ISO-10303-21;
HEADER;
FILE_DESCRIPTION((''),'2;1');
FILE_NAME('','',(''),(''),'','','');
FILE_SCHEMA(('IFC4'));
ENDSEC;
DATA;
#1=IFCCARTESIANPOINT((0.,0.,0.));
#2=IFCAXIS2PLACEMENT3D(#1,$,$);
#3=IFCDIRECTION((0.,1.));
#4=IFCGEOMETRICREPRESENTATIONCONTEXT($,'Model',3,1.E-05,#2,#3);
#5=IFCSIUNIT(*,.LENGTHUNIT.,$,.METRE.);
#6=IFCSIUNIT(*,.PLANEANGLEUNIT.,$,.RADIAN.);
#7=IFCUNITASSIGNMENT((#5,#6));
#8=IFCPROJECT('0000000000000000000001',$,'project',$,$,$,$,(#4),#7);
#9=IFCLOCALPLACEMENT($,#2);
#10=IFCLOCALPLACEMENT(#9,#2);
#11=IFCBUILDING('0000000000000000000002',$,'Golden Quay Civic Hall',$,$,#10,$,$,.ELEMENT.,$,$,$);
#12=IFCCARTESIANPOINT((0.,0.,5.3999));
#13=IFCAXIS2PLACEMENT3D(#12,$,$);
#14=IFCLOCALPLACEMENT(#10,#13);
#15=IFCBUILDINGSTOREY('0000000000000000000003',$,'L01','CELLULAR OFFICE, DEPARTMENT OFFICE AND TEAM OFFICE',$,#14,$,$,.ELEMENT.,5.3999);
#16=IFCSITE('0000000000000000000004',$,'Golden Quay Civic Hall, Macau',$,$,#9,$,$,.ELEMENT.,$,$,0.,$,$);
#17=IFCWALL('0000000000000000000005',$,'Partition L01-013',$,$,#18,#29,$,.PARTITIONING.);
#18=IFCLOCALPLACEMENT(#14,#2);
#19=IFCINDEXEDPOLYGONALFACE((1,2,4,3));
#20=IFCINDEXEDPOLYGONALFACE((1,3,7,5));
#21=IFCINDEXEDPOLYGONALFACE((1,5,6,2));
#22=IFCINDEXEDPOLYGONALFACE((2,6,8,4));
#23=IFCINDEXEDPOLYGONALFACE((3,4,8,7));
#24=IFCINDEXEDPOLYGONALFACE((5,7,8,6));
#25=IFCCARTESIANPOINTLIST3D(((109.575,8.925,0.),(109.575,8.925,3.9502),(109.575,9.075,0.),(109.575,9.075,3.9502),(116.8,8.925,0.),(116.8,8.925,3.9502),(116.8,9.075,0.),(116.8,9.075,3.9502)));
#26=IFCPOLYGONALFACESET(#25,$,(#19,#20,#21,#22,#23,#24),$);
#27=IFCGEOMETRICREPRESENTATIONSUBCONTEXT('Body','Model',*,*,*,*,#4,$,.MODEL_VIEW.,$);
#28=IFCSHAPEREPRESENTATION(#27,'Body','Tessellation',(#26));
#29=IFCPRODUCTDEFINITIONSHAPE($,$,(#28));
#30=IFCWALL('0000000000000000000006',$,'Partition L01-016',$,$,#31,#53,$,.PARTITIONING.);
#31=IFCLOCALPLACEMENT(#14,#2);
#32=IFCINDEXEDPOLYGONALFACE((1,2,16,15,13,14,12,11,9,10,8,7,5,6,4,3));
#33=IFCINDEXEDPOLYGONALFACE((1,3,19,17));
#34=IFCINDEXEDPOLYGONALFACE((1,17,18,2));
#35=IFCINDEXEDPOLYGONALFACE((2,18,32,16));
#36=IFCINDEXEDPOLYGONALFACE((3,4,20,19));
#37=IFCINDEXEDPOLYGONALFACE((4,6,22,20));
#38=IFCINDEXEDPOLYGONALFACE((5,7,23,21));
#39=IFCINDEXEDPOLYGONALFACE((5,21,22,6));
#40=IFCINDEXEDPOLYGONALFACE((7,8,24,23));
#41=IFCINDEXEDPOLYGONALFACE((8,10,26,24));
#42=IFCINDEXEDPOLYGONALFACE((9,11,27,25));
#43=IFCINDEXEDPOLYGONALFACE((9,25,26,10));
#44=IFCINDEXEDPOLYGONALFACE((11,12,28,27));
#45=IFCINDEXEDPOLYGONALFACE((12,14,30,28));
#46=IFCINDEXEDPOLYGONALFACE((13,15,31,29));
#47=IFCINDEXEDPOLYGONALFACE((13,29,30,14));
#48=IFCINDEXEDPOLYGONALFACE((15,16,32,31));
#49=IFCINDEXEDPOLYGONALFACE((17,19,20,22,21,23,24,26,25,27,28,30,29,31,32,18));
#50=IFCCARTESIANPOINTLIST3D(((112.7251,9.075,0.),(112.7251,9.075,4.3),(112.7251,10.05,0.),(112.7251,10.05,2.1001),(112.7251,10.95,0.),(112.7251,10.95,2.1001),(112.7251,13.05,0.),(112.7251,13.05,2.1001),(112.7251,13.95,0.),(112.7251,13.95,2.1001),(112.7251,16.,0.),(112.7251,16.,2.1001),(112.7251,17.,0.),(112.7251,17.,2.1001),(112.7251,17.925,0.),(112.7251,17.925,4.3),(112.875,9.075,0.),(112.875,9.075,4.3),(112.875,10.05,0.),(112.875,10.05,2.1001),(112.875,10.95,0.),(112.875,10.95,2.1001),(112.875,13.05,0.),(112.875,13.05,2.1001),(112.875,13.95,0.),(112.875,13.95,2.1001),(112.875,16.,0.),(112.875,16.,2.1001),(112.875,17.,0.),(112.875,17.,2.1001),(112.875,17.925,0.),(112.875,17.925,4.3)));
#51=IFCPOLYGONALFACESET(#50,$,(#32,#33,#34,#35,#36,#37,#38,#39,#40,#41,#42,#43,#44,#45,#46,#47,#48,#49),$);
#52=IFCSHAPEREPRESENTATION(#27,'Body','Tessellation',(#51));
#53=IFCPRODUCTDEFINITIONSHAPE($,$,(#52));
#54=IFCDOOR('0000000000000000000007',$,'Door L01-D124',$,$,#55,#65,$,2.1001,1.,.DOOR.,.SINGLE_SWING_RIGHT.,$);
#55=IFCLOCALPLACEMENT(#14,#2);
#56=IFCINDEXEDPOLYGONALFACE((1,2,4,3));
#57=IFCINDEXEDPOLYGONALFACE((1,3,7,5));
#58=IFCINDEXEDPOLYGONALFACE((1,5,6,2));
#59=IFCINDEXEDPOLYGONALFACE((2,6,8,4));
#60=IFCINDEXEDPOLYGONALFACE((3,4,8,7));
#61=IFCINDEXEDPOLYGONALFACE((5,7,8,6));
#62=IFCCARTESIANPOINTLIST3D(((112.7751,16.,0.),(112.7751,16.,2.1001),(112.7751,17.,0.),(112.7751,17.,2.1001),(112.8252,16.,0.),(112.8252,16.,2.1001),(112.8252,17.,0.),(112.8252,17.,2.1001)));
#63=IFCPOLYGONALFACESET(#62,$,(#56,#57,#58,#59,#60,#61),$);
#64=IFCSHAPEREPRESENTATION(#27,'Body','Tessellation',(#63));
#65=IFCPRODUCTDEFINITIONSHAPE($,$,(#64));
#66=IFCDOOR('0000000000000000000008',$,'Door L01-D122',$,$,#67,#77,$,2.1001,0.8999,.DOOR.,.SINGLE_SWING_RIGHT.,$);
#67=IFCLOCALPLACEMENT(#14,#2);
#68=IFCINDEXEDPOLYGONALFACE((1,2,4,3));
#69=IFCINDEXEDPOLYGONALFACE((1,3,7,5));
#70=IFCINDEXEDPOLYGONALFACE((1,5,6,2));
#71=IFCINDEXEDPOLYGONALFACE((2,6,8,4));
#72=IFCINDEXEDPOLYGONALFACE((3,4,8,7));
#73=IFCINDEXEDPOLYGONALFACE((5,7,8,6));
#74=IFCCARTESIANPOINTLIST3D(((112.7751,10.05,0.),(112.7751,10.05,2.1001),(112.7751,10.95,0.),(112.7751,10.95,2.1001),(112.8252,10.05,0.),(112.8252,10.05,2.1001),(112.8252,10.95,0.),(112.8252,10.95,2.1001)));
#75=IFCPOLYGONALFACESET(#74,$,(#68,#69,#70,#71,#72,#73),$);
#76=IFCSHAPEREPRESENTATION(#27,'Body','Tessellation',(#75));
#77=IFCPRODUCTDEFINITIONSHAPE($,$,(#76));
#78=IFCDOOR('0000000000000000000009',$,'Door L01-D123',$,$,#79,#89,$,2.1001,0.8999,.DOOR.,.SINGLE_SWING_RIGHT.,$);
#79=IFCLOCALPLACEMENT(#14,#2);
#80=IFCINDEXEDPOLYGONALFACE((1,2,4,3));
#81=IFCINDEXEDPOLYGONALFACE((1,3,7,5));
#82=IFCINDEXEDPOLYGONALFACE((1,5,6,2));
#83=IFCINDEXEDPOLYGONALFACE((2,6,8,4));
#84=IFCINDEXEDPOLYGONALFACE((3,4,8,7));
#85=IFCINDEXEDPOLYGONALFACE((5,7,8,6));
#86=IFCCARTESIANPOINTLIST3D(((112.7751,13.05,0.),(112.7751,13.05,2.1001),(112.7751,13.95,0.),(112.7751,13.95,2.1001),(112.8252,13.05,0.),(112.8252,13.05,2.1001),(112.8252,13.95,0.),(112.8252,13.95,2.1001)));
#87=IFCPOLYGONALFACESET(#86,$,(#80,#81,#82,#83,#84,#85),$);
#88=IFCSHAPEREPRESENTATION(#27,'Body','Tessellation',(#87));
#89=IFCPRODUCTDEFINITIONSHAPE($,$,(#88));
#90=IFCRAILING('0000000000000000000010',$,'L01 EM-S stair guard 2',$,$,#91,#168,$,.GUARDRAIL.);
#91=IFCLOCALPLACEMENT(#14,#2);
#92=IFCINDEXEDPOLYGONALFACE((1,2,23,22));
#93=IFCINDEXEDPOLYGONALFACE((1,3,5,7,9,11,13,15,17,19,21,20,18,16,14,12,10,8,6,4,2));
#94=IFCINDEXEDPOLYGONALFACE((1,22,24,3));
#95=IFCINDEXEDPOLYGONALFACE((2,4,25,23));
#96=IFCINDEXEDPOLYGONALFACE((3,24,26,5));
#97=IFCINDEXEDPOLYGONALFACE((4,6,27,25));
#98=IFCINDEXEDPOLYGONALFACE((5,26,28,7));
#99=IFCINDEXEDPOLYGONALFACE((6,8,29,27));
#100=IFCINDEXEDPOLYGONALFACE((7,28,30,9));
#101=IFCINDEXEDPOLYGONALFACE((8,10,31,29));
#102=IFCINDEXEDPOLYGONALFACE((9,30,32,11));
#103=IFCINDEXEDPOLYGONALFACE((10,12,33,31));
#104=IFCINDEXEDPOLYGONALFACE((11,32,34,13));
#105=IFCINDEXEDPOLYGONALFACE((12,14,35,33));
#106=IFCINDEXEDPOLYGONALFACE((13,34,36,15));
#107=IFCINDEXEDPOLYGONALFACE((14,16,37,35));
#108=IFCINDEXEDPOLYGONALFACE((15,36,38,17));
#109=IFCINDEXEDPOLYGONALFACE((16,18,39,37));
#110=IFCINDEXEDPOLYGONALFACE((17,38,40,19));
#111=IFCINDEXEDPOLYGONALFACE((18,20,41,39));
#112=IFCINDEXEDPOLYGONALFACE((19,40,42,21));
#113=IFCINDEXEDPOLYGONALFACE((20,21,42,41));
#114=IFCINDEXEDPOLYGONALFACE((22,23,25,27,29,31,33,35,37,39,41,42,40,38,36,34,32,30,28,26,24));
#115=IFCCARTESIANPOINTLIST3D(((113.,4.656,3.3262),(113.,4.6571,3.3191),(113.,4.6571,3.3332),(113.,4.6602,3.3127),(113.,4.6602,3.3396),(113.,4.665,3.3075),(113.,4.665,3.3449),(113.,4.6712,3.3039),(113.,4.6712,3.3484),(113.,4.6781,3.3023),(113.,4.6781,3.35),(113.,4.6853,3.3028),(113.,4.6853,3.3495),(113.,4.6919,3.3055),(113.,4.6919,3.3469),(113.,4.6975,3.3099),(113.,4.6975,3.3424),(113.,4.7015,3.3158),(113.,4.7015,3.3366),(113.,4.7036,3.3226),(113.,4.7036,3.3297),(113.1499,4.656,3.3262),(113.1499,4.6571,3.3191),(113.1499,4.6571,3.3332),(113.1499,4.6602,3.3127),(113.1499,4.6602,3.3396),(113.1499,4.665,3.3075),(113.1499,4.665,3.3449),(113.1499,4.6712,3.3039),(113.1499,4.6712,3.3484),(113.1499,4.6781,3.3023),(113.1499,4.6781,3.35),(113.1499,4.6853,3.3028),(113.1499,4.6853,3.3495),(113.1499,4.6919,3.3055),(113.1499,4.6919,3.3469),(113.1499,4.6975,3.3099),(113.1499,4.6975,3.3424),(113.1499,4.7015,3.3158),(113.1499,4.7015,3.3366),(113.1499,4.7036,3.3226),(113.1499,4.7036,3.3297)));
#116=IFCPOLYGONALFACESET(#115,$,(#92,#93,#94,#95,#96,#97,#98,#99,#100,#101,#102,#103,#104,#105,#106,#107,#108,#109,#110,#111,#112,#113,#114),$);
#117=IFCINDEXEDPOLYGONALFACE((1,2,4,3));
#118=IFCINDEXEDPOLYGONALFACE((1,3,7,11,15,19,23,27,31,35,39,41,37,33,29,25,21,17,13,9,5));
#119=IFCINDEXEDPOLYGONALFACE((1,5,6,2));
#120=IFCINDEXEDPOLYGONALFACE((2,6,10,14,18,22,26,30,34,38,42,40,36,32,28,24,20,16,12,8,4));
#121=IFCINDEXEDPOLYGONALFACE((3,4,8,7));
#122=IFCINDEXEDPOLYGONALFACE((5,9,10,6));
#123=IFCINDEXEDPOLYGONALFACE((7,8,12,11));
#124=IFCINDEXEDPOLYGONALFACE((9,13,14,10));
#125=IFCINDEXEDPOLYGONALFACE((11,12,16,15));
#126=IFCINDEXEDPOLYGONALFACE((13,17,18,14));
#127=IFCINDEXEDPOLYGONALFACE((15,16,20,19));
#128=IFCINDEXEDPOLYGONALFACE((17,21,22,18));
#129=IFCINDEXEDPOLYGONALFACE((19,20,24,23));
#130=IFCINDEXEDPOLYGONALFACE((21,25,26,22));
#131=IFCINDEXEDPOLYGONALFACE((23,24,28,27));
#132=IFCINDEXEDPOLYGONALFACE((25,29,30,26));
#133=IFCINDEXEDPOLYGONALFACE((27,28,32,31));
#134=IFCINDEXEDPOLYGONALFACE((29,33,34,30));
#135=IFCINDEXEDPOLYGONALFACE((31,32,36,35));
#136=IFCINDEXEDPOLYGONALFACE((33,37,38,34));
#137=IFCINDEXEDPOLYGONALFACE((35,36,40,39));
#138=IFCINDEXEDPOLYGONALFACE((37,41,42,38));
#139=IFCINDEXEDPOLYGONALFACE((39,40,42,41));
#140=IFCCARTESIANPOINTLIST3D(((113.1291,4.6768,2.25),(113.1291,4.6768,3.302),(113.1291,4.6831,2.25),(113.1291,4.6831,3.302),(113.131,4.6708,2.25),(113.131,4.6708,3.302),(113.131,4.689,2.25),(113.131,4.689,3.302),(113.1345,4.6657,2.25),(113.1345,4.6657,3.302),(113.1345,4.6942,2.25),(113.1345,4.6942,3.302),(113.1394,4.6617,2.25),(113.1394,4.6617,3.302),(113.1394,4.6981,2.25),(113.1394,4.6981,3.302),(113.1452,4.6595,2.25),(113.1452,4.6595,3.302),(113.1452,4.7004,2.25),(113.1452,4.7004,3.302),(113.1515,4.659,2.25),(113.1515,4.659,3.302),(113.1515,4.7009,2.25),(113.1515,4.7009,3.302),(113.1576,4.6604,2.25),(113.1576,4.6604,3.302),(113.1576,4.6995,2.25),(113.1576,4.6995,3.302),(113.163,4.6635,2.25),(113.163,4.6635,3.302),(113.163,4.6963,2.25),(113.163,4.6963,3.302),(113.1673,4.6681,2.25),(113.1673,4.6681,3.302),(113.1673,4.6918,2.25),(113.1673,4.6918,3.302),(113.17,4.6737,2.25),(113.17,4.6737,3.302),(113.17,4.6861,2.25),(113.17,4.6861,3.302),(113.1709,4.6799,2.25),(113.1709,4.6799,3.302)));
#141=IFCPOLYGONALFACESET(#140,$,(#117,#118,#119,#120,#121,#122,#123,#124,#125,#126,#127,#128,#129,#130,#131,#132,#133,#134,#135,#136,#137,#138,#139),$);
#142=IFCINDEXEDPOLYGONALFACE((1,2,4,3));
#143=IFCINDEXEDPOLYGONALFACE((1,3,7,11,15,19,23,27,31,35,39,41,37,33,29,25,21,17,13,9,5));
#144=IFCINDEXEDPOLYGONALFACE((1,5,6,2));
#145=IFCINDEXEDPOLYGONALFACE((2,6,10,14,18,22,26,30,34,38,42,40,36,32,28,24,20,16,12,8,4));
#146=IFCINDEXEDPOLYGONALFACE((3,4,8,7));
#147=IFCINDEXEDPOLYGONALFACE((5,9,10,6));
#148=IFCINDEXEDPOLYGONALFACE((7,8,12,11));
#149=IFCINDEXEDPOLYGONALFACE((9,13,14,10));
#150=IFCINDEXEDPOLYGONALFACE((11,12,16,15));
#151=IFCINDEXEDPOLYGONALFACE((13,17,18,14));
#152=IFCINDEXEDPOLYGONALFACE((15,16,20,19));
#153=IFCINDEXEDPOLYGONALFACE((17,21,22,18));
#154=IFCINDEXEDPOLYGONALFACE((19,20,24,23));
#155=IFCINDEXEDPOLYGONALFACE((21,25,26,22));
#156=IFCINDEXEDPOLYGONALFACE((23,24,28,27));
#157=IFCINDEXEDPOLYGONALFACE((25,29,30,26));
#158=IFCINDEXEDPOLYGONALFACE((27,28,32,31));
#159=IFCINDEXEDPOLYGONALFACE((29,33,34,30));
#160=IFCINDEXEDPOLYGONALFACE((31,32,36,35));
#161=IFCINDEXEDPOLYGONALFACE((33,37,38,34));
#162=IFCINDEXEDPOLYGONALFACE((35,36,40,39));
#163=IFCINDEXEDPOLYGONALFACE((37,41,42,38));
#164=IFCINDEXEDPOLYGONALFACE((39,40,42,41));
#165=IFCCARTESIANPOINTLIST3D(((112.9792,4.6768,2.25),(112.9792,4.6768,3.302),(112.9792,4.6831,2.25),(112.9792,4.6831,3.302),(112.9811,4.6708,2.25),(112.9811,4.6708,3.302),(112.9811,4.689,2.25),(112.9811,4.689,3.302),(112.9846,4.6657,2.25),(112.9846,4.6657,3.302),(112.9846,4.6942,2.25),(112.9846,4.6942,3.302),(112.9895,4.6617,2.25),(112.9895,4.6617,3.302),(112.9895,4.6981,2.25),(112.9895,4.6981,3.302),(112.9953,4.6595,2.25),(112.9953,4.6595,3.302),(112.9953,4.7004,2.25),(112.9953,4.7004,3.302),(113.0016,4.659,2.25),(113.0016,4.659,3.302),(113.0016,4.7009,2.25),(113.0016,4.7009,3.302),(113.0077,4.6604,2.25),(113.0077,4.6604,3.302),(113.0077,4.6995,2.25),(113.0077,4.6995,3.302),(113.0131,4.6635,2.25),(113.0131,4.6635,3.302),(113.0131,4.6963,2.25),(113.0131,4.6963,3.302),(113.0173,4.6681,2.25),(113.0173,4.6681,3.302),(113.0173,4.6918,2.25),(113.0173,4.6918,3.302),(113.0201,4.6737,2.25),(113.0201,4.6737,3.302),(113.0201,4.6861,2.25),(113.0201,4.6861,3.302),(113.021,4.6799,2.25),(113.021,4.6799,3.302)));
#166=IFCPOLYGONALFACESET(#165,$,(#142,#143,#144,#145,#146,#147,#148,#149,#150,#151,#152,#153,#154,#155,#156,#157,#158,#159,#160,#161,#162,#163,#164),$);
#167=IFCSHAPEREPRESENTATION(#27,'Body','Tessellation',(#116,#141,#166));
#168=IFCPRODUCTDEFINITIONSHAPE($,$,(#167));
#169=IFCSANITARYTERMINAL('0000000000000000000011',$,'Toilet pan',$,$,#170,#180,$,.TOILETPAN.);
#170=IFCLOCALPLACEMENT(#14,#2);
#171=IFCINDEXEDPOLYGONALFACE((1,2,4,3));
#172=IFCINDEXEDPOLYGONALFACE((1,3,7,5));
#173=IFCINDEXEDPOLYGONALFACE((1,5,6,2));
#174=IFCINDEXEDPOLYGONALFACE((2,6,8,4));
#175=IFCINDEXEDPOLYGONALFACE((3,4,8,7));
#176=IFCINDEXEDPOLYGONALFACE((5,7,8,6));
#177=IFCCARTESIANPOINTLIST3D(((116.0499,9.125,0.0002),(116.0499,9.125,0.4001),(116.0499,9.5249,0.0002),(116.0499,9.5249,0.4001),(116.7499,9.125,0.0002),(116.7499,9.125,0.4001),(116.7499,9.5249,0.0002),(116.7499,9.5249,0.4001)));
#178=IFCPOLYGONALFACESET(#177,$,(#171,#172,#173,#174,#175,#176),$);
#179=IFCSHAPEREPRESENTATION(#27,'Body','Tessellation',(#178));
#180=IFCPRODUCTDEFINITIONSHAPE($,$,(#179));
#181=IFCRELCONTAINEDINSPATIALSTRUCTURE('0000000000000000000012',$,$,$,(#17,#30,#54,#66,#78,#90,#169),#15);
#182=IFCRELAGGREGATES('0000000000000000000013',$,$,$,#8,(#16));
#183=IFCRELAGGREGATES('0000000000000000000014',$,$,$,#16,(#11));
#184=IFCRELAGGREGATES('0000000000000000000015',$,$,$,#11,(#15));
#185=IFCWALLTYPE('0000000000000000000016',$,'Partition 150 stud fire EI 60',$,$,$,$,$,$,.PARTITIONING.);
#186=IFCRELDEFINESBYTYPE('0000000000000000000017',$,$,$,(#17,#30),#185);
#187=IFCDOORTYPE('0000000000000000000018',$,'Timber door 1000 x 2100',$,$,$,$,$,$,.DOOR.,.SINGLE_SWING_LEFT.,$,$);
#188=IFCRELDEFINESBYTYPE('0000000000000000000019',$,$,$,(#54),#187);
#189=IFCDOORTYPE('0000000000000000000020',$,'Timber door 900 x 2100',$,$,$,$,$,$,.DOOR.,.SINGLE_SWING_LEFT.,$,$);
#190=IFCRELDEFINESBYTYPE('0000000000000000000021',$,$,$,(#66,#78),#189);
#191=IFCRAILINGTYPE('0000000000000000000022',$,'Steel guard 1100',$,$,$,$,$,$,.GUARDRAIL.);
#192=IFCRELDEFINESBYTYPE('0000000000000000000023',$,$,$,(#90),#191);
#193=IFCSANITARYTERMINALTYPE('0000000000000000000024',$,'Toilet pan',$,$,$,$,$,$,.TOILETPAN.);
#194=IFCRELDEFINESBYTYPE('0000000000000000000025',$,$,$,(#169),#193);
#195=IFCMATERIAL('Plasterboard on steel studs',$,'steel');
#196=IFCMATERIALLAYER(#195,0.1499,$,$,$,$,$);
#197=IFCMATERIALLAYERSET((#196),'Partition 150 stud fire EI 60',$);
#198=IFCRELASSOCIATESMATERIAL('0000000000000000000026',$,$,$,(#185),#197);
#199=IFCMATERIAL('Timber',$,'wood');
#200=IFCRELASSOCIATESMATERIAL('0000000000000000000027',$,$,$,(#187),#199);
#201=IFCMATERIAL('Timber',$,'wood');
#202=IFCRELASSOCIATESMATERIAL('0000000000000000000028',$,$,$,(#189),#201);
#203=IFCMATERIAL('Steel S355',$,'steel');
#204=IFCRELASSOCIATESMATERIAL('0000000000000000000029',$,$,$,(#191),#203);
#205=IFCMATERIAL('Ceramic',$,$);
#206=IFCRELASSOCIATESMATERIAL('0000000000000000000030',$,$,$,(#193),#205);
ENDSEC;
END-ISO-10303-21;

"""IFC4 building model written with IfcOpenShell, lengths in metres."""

from ifc_helpers import new_model, si_unit, direction, frame, frame_2d, origin, origin_2d, place, context, subcontext, project, spatial, rectangle, circle, extrude, material, layer, layer_set, type_object, element, fill, save


model = new_model("IFC4")

# Units and contexts
model_context = context("Model", 3, precision=1e-05, world=origin(), true_north=direction((0.0, 1.0)))
body_context = subcontext(model_context, "Body", "Model", "MODEL_VIEW")
ifc_project = project(units=[si_unit("LENGTHUNIT", "METRE"), si_unit("PLANEANGLEUNIT", "RADIAN")], contexts=[model_context])

# Site, building, storey
site_placement = place(None, origin())
site = spatial("IfcSite", under=ifc_project, at=site_placement, Name="Golden Quay Civic Hall, Macau", CompositionType="ELEMENT", RefElevation=0.0)
building_placement = place(site_placement, origin())
building = spatial("IfcBuilding", under=site, at=building_placement, Name="Golden Quay Civic Hall", CompositionType="ELEMENT")
storey_placement = place(building_placement, frame((0.0, 0.0, 5.3999)))
storey = spatial("IfcBuildingStorey", under=building, at=storey_placement, Name="L01", Description="CELLULAR OFFICE, DEPARTMENT OFFICE AND TEAM OFFICE", CompositionType="ELEMENT", Elevation=5.3999)

# Wall
ifc_material_1 = material(Name="Plasterboard on steel studs", Category="steel")
ifc_layer_1 = layer(ifc_material_1, 0.1499)
ifc_layer_set_1 = layer_set([ifc_layer_1], Name="Partition 150 stud fire EI 60")
wall_type_1 = type_object("IfcWallType", Name="Partition 150 stud fire EI 60", PredefinedType="PARTITIONING", material=ifc_layer_set_1)
for number, where, z_axis, x_axis, name in (
    (1, (109.575, 9.0, 0.0), (0.0, 0.0, 1.0), (1.0, 0.0, 0.0), "Partition L01-013"),
):
    element("IfcWall", number, at=place(storey_placement, frame(where, z_axis=z_axis, x_axis=x_axis)), inside=storey, type_object=wall_type_1, Name=name, PredefinedType="PARTITIONING", context=body_context, shape_type="SweptSolid", body=[
        extrude(rectangle(XDim=7.2251, YDim=0.1499, at=frame_2d((3.6125, 0.0))), origin(), (0.0, 0.0, 1.0), 3.9502),
    ])

# Wall, openings, doors
wall_1_placement = place(storey_placement, frame((112.8, 9.075, 0.0), z_axis=(0.0, 0.0, 1.0), x_axis=(0.0, 1.0, 0.0)))
wall_1 = element("IfcWall", 2, at=wall_1_placement, inside=storey, type_object=wall_type_1, Name="Partition L01-016", PredefinedType="PARTITIONING", context=body_context, shape_type="SweptSolid", body=[
    extrude(rectangle(XDim=8.8501, YDim=0.1499, at=frame_2d((4.425, 0.0))), origin(), (0.0, 0.0, 1.0), 4.3),
])
opening_1_placement = place(wall_1_placement, frame((0.9751, 0.0, 0.0)))
opening_1 = element("IfcOpeningElement", 3, at=opening_1_placement, cuts=wall_1, PredefinedType="OPENING", context=body_context, shape_type="SweptSolid", body=[
    extrude(rectangle(XDim=0.8999, YDim=2.1001, at=frame_2d((0.45, 1.05))), frame((0.0, 0.085, 0.0), z_axis=(0.0, -1.0, 0.0), x_axis=(1.0, 0.0, 0.0)), (0.0, 0.0, 1.0), 0.1699),
])
opening_2_placement = place(wall_1_placement, frame((3.9751, 0.0, 0.0)))
opening_2 = element("IfcOpeningElement", 4, at=opening_2_placement, cuts=wall_1, PredefinedType="OPENING", context=body_context, shape_type="SweptSolid", body=[
    extrude(rectangle(XDim=0.8999, YDim=2.1001, at=frame_2d((0.45, 1.05))), frame((0.0, 0.085, 0.0), z_axis=(0.0, -1.0, 0.0), x_axis=(1.0, 0.0, 0.0)), (0.0, 0.0, 1.0), 0.1699),
])
opening_3_placement = place(wall_1_placement, frame((6.925, 0.0, 0.0)))
opening_3 = element("IfcOpeningElement", 5, at=opening_3_placement, cuts=wall_1, PredefinedType="OPENING", context=body_context, shape_type="SweptSolid", body=[
    extrude(rectangle(XDim=1.0, YDim=2.1001, at=frame_2d((0.5, 1.05))), frame((0.0, 0.085, 0.0), z_axis=(0.0, -1.0, 0.0), x_axis=(1.0, 0.0, 0.0)), (0.0, 0.0, 1.0), 0.1699),
])
ifc_material_2 = material(Name="Timber", Category="wood")
door_type_1 = type_object("IfcDoorType", Name="Timber door 1000 x 2100", OperationType="SINGLE_SWING_LEFT", PredefinedType="DOOR", material=ifc_material_2)
door_1_placement = place(opening_3_placement, frame((1.0, 0.0, 0.0), z_axis=(0.0, 0.0, 1.0), x_axis=(-1.0, 0.0, 0.0)))
door_1 = element("IfcDoor", 6, at=door_1_placement, inside=storey, type_object=door_type_1, Name="Door L01-D124", OperationType="SINGLE_SWING_RIGHT", OverallHeight=2.1001, OverallWidth=1.0, PredefinedType="DOOR", context=body_context, shape_type="SweptSolid", body=[
    extrude(rectangle(XDim=1.0, YDim=2.1001, at=frame_2d((0.5, 1.05))), frame((0.0, 0.0251, 0.0), z_axis=(0.0, -1.0, 0.0), x_axis=(1.0, 0.0, 0.0)), (0.0, 0.0, 1.0), 0.05),
])
fill(opening_3, door_1)
ifc_material_3 = material(Name="Timber", Category="wood")
door_type_2 = type_object("IfcDoorType", Name="Timber door 900 x 2100", OperationType="SINGLE_SWING_LEFT", PredefinedType="DOOR", material=ifc_material_3)
door_2_placement = place(opening_1_placement, frame((0.8999, 0.0, 0.0), z_axis=(0.0, 0.0, 1.0), x_axis=(-1.0, 0.0, 0.0)))
door_2 = element("IfcDoor", 7, at=door_2_placement, inside=storey, type_object=door_type_2, Name="Door L01-D122", OperationType="SINGLE_SWING_RIGHT", OverallHeight=2.1001, OverallWidth=0.8999, PredefinedType="DOOR", context=body_context, shape_type="SweptSolid", body=[
    extrude(rectangle(XDim=0.8999, YDim=2.1001, at=frame_2d((0.45, 1.05))), frame((0.0, 0.0251, 0.0), z_axis=(0.0, -1.0, 0.0), x_axis=(1.0, 0.0, 0.0)), (0.0, 0.0, 1.0), 0.05),
])
fill(opening_1, door_2)
door_3_placement = place(opening_2_placement, frame((0.8999, 0.0, 0.0), z_axis=(0.0, 0.0, 1.0), x_axis=(-1.0, 0.0, 0.0)))
door_3 = element("IfcDoor", 8, at=door_3_placement, inside=storey, type_object=door_type_2, Name="Door L01-D123", OperationType="SINGLE_SWING_RIGHT", OverallHeight=2.1001, OverallWidth=0.8999, PredefinedType="DOOR", context=body_context, shape_type="SweptSolid", body=[
    extrude(rectangle(XDim=0.8999, YDim=2.1001, at=frame_2d((0.45, 1.05))), frame((0.0, 0.0251, 0.0), z_axis=(0.0, -1.0, 0.0), x_axis=(1.0, 0.0, 0.0)), (0.0, 0.0, 1.0), 0.05),
])
fill(opening_2, door_3)

# Railing
ifc_material_4 = material(Name="Steel S355", Category="steel")
railing_type = type_object("IfcRailingType", Name="Steel guard 1100", PredefinedType="GUARDRAIL", material=ifc_material_4)
railing_placement = place(storey_placement, frame((113.1499, 4.6799, 2.25)))
element("IfcRailing", 9, at=railing_placement, inside=storey, type_object=railing_type, Name="L01 EM-S stair guard 2", PredefinedType="GUARDRAIL", context=body_context, shape_type="SweptSolid", body=[
    extrude(circle(Radius=0.0239, at=origin_2d()), frame((0.0, 0.0, 1.0762), z_axis=(-1.0, 0.0, 0.0), x_axis=(0.0, -1.0, 0.0)), (0.0, 0.0, 1.0), 0.1499),
    extrude(circle(Radius=0.021, at=origin_2d()), origin(), (0.0, 0.0, 1.0), 1.052),
    extrude(circle(Radius=0.021, at=origin_2d()), frame((-0.1499, 0.0, 0.0)), (0.0, 0.0, 1.0), 1.052),
])

# Sanitary terminal
ifc_material_5 = material(Name="Ceramic")
sanitary_terminal_type_1 = type_object("IfcSanitaryTerminalType", Name="Toilet pan", PredefinedType="TOILETPAN", material=ifc_material_5)
for number, where, z_axis, x_axis, name in (
    (10, (116.3999, 9.325, 0.0002), (0.0, 0.0, 1.0), (0.0, 1.0, 0.0), "Toilet pan"),
):
    element("IfcSanitaryTerminal", number, at=place(storey_placement, frame(where, z_axis=z_axis, x_axis=x_axis)), inside=storey, type_object=sanitary_terminal_type_1, Name=name, PredefinedType="TOILETPAN", context=body_context, shape_type="SweptSolid", body=[
        extrude(rectangle(XDim=0.3999, YDim=0.7, at=origin_2d()), origin(), (0.0, 0.0, 1.0), 0.3999),
    ])

save(model, "model.ifc")
